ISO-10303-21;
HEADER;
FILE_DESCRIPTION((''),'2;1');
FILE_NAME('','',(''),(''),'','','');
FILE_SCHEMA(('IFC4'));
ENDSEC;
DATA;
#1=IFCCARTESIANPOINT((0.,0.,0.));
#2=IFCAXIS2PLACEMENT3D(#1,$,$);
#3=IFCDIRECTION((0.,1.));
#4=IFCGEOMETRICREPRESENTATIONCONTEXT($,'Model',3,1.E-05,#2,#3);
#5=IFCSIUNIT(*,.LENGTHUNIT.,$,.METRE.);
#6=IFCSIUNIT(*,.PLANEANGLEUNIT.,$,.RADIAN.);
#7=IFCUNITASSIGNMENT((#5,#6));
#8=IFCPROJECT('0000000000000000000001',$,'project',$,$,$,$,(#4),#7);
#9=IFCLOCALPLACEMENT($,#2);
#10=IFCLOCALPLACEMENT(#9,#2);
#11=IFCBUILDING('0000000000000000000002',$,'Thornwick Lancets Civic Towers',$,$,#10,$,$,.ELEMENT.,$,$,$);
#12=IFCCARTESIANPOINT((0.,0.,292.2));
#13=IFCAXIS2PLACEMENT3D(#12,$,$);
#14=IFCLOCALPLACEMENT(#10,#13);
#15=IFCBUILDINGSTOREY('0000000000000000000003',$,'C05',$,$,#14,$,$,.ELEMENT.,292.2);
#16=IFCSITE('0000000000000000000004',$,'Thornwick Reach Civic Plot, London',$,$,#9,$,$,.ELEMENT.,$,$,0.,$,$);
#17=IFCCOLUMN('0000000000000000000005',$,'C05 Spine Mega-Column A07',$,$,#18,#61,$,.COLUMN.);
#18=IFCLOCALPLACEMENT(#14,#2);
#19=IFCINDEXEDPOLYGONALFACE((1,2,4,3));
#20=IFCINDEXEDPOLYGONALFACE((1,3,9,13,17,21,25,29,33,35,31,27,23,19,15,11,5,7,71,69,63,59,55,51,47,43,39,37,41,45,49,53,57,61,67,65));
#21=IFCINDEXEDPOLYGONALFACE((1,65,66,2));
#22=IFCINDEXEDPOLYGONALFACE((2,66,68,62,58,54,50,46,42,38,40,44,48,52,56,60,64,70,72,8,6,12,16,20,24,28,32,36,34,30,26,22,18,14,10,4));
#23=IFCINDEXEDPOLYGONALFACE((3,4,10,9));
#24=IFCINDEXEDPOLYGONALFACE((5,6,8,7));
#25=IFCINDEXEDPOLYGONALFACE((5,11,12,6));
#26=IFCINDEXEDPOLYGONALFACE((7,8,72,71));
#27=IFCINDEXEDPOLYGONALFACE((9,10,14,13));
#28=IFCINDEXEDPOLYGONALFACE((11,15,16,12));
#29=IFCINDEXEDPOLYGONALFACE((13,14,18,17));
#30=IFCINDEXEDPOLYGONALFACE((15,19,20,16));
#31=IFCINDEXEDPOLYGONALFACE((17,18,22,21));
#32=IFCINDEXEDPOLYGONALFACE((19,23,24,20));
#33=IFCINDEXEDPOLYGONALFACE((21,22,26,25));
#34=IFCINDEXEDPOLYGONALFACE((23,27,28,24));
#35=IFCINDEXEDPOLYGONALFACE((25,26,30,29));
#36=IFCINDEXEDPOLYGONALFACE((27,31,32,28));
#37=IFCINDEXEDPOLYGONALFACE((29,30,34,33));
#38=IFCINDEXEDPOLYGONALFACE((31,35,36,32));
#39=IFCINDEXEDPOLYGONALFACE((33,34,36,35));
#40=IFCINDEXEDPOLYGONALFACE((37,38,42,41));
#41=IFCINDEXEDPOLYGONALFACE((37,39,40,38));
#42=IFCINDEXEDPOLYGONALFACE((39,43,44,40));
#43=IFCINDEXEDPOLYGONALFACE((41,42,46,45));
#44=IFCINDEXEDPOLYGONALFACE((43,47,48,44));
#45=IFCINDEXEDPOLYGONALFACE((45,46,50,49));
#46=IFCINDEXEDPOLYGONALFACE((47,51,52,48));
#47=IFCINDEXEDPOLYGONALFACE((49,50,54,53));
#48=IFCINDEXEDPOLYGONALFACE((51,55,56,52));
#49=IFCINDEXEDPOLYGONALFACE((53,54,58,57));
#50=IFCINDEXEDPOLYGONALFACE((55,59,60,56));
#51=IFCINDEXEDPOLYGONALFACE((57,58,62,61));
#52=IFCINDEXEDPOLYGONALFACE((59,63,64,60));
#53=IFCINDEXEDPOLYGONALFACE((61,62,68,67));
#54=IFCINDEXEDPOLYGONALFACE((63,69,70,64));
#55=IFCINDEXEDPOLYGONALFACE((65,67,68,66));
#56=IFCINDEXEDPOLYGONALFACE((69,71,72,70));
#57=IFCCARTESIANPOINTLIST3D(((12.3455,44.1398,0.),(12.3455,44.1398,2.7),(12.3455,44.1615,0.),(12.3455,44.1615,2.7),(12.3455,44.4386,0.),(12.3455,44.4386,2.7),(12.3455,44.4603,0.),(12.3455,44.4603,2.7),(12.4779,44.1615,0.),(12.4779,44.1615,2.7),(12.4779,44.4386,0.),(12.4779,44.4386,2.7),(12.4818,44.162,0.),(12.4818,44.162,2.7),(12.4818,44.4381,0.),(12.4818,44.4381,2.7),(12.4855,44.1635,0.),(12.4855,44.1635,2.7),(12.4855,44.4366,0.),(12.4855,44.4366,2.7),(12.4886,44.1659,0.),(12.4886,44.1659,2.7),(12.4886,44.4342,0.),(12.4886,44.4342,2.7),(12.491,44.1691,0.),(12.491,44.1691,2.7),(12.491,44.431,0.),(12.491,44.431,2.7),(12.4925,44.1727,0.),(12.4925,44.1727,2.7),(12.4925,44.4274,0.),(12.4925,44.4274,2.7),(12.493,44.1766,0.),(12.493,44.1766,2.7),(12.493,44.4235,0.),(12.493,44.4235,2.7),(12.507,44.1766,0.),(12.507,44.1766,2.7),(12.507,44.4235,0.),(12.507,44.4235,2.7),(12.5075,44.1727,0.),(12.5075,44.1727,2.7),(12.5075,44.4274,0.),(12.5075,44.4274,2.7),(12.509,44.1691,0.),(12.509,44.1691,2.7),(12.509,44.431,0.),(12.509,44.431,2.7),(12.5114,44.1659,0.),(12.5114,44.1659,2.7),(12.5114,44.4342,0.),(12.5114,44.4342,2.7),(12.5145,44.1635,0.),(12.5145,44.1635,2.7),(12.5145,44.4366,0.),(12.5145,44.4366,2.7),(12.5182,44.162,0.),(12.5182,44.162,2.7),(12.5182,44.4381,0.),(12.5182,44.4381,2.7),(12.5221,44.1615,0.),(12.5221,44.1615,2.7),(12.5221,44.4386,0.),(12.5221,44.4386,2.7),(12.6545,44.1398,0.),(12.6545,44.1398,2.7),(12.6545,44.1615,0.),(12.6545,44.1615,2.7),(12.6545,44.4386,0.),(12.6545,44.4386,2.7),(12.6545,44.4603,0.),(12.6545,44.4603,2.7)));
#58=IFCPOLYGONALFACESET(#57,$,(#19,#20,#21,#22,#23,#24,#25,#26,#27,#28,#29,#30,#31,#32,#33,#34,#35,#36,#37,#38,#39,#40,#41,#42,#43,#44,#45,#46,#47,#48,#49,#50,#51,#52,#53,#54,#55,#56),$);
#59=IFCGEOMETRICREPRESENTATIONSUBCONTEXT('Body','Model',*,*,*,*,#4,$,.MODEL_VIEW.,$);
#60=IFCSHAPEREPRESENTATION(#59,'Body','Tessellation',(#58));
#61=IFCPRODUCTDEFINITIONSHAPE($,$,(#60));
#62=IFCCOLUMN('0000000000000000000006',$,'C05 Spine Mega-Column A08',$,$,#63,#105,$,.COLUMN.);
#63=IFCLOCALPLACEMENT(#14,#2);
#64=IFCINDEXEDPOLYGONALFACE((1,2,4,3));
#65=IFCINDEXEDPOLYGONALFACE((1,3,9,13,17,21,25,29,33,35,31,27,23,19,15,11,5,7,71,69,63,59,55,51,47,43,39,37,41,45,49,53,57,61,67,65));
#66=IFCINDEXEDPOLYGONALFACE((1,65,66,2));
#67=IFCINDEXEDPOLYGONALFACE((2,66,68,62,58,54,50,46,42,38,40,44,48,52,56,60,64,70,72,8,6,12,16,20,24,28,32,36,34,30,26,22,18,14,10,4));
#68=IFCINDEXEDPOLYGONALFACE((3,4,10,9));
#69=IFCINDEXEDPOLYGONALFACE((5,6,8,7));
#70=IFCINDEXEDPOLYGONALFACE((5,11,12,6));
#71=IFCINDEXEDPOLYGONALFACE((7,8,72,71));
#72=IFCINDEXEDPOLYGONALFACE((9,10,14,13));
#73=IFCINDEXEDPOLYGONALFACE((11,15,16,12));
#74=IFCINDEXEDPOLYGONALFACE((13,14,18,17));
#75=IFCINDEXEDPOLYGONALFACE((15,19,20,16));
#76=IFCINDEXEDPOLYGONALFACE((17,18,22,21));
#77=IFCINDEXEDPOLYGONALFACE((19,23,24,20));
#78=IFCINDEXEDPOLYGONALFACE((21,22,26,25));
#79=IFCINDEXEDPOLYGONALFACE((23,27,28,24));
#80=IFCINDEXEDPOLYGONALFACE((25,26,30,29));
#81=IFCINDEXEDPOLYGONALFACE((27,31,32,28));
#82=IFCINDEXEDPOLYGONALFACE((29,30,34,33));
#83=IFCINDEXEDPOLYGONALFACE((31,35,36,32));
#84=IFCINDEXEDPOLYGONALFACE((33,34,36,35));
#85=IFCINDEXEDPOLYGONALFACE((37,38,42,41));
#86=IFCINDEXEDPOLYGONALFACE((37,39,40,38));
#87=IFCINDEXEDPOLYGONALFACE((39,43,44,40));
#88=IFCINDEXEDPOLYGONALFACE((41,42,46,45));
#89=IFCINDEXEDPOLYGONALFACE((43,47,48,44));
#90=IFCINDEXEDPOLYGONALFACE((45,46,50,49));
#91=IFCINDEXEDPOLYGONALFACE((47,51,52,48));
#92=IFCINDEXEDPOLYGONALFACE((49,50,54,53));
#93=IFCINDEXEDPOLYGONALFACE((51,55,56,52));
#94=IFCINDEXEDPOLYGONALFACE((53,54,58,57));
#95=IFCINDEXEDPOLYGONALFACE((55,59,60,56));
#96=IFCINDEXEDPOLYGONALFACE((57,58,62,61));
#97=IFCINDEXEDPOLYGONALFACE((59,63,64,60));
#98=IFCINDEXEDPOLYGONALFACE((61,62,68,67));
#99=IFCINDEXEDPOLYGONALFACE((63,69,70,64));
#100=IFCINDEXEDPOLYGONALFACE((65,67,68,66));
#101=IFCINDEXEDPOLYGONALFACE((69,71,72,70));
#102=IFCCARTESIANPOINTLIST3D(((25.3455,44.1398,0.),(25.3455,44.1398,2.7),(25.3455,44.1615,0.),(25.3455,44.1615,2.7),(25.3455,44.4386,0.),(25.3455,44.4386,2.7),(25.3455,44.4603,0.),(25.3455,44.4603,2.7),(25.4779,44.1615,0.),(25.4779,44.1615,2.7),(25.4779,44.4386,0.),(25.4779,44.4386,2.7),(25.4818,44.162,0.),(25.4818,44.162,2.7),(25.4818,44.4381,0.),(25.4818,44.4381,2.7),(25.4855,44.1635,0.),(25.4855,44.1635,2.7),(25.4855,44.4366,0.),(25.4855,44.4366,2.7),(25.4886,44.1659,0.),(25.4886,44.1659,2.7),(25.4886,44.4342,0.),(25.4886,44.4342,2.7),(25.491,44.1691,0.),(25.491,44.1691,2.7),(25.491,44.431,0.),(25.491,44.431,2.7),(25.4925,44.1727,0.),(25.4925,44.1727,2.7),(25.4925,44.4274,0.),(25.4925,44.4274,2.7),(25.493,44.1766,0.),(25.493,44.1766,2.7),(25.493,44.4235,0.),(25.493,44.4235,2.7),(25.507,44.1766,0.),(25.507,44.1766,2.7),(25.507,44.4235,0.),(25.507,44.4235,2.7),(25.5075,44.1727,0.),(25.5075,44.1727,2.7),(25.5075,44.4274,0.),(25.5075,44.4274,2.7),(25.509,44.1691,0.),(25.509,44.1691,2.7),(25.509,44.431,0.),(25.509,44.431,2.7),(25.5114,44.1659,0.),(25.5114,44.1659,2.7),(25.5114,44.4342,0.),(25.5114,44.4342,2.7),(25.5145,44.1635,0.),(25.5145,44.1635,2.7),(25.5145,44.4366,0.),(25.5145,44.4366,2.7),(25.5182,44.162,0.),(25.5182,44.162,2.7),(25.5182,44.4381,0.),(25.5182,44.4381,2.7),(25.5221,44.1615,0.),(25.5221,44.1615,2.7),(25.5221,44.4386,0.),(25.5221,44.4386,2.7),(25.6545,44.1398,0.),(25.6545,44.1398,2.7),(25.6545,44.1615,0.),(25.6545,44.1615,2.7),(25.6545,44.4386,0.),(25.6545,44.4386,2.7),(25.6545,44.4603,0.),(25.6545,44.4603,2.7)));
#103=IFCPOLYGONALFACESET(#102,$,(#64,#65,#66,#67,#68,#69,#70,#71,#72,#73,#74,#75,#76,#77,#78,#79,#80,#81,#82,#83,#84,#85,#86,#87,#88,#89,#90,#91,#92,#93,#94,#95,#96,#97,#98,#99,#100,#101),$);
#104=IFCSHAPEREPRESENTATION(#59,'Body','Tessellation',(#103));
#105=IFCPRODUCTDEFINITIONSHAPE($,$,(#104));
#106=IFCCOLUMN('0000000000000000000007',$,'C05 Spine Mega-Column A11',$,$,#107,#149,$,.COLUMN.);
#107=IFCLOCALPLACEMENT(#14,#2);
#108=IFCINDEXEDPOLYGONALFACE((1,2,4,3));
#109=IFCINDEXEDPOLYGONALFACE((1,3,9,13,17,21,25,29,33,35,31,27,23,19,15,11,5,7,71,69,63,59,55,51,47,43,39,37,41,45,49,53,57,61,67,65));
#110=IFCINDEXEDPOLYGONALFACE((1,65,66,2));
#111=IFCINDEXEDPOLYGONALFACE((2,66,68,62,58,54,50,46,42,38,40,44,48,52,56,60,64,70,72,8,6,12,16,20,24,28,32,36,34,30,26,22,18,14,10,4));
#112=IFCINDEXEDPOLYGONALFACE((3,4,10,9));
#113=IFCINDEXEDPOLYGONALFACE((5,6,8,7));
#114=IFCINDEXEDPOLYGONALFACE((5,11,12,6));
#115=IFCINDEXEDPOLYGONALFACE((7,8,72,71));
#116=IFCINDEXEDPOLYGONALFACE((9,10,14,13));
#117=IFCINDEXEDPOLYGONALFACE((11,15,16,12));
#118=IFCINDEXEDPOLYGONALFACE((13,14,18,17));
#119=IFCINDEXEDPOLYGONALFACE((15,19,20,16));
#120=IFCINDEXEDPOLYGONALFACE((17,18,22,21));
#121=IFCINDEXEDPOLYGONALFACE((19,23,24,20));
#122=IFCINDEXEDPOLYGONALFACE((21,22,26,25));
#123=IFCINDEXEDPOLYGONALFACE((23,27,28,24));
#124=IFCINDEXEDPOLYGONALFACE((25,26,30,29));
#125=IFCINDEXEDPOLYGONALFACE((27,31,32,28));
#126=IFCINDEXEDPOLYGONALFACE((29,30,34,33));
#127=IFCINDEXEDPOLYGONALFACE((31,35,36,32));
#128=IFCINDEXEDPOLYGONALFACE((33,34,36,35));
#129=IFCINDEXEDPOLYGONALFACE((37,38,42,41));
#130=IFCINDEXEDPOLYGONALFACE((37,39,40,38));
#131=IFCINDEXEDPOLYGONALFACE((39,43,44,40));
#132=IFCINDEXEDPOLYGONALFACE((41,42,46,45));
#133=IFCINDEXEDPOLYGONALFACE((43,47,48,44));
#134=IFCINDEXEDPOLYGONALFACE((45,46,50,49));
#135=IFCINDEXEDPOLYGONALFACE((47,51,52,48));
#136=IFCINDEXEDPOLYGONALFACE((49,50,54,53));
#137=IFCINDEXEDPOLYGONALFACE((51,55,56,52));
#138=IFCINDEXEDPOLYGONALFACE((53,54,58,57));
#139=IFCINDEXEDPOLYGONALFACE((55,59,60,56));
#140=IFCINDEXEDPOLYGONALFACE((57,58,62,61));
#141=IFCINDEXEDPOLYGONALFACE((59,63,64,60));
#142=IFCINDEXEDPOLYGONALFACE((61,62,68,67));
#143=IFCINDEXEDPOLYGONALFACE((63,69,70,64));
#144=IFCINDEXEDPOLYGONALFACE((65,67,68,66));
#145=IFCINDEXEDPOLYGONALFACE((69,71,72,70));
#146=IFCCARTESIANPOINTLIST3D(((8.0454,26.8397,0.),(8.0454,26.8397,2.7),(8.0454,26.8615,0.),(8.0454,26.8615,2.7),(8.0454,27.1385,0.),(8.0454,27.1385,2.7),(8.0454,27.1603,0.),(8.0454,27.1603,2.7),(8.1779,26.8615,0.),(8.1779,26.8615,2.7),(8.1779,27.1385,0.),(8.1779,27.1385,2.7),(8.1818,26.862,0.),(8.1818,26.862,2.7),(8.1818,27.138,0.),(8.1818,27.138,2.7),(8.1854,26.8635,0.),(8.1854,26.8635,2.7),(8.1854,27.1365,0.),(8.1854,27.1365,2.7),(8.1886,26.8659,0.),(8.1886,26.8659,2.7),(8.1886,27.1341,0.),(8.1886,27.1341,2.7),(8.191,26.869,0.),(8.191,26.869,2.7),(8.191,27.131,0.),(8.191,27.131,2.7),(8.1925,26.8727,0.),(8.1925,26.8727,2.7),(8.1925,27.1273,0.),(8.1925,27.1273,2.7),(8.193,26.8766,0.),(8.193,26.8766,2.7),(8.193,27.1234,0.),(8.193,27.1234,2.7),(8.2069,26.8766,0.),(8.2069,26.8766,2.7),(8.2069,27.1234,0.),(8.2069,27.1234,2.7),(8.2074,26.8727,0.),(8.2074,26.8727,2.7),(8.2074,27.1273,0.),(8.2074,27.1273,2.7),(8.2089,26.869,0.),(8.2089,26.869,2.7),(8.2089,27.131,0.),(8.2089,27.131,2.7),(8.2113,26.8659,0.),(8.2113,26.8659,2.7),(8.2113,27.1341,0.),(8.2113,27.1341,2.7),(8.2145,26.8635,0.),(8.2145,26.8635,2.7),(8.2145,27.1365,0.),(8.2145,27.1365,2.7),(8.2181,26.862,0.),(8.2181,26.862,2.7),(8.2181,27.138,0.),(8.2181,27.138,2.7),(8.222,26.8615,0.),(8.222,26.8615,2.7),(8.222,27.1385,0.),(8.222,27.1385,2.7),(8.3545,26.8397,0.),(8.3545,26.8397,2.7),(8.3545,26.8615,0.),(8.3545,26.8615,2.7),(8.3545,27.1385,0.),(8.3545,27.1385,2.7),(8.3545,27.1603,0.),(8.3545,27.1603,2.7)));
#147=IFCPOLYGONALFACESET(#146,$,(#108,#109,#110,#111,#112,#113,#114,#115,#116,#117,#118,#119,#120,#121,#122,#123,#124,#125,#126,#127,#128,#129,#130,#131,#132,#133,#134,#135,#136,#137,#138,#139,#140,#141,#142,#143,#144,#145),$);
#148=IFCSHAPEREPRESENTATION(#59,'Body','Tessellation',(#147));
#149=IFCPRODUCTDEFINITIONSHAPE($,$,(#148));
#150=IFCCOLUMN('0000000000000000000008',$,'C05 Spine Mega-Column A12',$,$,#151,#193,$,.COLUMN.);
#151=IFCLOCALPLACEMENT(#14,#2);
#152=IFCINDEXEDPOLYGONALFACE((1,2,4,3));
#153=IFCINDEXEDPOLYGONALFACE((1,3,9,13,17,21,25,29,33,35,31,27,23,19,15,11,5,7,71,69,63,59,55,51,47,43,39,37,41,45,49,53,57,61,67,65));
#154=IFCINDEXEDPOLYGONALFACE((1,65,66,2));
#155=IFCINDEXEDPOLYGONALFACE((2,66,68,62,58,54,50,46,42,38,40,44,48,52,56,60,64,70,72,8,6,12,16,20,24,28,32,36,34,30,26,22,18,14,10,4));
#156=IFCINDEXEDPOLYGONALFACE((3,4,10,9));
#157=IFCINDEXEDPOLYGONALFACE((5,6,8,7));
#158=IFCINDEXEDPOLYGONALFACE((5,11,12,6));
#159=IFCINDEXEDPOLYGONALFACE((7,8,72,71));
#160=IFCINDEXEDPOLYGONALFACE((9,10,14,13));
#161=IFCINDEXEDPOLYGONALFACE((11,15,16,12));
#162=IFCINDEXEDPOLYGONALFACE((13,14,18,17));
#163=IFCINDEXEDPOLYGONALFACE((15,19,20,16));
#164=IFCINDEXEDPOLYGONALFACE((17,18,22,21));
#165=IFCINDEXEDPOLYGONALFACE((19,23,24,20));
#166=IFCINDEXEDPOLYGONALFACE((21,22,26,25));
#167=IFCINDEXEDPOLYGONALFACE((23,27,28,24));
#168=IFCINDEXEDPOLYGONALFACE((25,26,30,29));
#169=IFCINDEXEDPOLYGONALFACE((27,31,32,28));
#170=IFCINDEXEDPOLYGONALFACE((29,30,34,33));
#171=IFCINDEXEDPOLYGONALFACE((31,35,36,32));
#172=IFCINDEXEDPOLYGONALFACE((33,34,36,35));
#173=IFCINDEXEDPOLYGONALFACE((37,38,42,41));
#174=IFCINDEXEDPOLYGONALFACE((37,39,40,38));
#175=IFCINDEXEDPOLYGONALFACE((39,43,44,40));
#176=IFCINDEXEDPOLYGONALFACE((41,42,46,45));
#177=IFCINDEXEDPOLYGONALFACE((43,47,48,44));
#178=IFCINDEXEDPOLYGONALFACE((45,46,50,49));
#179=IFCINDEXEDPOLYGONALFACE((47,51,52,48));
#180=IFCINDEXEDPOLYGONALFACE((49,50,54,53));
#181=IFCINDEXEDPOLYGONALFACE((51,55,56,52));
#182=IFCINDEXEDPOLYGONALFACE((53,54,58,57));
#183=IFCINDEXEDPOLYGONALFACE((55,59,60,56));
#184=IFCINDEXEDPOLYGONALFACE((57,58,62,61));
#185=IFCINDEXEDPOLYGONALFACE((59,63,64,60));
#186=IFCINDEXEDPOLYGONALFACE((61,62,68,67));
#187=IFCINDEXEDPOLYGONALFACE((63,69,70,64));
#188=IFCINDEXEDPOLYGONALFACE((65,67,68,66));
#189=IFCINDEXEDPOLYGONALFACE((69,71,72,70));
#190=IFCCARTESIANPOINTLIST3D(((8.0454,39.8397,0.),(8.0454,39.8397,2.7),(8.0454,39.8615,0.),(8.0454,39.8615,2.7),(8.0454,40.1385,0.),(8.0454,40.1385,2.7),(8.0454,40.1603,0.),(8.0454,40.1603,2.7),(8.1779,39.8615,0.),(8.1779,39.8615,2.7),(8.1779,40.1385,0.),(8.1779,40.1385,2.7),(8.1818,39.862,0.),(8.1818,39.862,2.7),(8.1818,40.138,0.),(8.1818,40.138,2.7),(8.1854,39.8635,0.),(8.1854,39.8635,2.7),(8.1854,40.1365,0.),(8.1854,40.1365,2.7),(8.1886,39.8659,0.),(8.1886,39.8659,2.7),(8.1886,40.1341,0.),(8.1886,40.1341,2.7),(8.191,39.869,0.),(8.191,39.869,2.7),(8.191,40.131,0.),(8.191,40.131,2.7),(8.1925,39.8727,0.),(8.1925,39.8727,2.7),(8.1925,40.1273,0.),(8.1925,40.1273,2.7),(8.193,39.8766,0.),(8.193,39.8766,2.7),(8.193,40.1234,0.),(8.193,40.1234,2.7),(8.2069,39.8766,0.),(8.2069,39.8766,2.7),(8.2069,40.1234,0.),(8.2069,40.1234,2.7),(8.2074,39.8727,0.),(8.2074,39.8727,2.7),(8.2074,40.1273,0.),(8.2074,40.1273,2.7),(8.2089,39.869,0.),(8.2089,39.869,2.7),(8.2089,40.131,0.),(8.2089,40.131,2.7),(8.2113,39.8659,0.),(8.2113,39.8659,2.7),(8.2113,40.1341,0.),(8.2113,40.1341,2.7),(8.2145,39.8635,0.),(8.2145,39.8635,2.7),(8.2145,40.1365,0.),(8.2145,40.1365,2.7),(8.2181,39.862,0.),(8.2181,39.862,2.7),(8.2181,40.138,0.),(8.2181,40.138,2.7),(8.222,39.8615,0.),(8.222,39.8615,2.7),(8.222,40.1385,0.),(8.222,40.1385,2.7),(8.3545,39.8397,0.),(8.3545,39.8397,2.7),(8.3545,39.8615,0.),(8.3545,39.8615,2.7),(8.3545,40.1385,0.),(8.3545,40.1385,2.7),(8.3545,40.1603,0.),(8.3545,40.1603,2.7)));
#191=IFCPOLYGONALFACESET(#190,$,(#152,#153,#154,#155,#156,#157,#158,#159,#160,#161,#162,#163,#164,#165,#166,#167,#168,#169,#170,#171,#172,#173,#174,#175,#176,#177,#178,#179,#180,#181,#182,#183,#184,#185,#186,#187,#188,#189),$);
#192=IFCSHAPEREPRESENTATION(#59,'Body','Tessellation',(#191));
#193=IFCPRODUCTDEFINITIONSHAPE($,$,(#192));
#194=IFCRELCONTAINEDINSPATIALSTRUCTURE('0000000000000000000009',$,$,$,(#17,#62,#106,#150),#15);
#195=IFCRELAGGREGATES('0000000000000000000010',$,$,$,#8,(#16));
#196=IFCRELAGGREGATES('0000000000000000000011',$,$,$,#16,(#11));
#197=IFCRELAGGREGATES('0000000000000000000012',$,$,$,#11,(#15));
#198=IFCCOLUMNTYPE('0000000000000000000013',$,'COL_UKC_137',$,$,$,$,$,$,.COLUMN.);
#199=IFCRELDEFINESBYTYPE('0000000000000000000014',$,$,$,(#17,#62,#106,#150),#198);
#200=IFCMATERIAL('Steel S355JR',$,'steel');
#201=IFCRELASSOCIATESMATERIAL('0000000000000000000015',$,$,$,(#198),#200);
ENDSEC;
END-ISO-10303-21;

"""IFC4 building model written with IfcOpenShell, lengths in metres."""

from ifc_helpers import new_model, si_unit, direction, frame, origin, origin_2d, place, context, subcontext, project, spatial, i_section, extrude, material, material_profile, profile_set, type_object, element, save


model = new_model("IFC4")

# Units and contexts
model_context = context("Model", 3, precision=1e-05, world=origin(), true_north=direction((0.0, 1.0)))
body_context = subcontext(model_context, "Body", "Model", "MODEL_VIEW")
ifc_project = project(units=[si_unit("LENGTHUNIT", "METRE"), si_unit("PLANEANGLEUNIT", "RADIAN")], contexts=[model_context])

# Site, building, storey
site_placement = place(None, origin())
site = spatial("IfcSite", under=ifc_project, at=site_placement, Name="Thornwick Reach Civic Plot, London", CompositionType="ELEMENT", RefElevation=0.0)
building_placement = place(site_placement, origin())
building = spatial("IfcBuilding", under=site, at=building_placement, Name="Thornwick Lancets Civic Towers", CompositionType="ELEMENT")
storey_placement = place(building_placement, frame((0.0, 0.0, 292.2)))
storey = spatial("IfcBuildingStorey", under=building, at=storey_placement, Name="C05", CompositionType="ELEMENT", Elevation=292.2)

# Columns
ifc_material_1 = material(Name="Steel S355JR", Category="steel")
ifc_material_profile_1 = material_profile(ifc_material_1, i_section(OverallWidth=0.3091, OverallDepth=0.3206, WebThickness=0.0139, FlangeThickness=0.0217, FilletRadius=0.0151, at=origin_2d()), Name="UKC 305x305x137")
ifc_profile_set_1 = profile_set([ifc_material_profile_1], Name="Steel S355JR")
column_type = type_object("IfcColumnType", Name="COL_UKC_137", PredefinedType="COLUMN", material=ifc_profile_set_1)
for number, where, z_axis, x_axis, name in (
    (1, (12.5, 44.3, 0.0), (0.0, 0.0, 1.0), (1.0, 0.0, 0.0), "C05 Spine Mega-Column A07"),
    (2, (25.5, 44.3, 0.0), (0.0, 0.0, 1.0), (1.0, 0.0, 0.0), "C05 Spine Mega-Column A08"),
    (3, (8.2, 27.0, 0.0), (0.0, 0.0, 1.0), (1.0, 0.0, 0.0), "C05 Spine Mega-Column A11"),
    (4, (8.2, 40.0, 0.0), (0.0, 0.0, 1.0), (1.0, 0.0, 0.0), "C05 Spine Mega-Column A12"),
):
    element("IfcColumn", number, at=place(storey_placement, frame(where, z_axis=z_axis, x_axis=x_axis)), inside=storey, type_object=column_type, Name=name, PredefinedType="COLUMN", context=body_context, shape_type="SweptSolid", body=[
        extrude(i_section(OverallWidth=0.3091, OverallDepth=0.3206, WebThickness=0.0139, FlangeThickness=0.0217, FilletRadius=0.0151, at=origin_2d()), origin(), (0.0, 0.0, 1.0), 2.7),
    ])

save(model, "model.ifc")
